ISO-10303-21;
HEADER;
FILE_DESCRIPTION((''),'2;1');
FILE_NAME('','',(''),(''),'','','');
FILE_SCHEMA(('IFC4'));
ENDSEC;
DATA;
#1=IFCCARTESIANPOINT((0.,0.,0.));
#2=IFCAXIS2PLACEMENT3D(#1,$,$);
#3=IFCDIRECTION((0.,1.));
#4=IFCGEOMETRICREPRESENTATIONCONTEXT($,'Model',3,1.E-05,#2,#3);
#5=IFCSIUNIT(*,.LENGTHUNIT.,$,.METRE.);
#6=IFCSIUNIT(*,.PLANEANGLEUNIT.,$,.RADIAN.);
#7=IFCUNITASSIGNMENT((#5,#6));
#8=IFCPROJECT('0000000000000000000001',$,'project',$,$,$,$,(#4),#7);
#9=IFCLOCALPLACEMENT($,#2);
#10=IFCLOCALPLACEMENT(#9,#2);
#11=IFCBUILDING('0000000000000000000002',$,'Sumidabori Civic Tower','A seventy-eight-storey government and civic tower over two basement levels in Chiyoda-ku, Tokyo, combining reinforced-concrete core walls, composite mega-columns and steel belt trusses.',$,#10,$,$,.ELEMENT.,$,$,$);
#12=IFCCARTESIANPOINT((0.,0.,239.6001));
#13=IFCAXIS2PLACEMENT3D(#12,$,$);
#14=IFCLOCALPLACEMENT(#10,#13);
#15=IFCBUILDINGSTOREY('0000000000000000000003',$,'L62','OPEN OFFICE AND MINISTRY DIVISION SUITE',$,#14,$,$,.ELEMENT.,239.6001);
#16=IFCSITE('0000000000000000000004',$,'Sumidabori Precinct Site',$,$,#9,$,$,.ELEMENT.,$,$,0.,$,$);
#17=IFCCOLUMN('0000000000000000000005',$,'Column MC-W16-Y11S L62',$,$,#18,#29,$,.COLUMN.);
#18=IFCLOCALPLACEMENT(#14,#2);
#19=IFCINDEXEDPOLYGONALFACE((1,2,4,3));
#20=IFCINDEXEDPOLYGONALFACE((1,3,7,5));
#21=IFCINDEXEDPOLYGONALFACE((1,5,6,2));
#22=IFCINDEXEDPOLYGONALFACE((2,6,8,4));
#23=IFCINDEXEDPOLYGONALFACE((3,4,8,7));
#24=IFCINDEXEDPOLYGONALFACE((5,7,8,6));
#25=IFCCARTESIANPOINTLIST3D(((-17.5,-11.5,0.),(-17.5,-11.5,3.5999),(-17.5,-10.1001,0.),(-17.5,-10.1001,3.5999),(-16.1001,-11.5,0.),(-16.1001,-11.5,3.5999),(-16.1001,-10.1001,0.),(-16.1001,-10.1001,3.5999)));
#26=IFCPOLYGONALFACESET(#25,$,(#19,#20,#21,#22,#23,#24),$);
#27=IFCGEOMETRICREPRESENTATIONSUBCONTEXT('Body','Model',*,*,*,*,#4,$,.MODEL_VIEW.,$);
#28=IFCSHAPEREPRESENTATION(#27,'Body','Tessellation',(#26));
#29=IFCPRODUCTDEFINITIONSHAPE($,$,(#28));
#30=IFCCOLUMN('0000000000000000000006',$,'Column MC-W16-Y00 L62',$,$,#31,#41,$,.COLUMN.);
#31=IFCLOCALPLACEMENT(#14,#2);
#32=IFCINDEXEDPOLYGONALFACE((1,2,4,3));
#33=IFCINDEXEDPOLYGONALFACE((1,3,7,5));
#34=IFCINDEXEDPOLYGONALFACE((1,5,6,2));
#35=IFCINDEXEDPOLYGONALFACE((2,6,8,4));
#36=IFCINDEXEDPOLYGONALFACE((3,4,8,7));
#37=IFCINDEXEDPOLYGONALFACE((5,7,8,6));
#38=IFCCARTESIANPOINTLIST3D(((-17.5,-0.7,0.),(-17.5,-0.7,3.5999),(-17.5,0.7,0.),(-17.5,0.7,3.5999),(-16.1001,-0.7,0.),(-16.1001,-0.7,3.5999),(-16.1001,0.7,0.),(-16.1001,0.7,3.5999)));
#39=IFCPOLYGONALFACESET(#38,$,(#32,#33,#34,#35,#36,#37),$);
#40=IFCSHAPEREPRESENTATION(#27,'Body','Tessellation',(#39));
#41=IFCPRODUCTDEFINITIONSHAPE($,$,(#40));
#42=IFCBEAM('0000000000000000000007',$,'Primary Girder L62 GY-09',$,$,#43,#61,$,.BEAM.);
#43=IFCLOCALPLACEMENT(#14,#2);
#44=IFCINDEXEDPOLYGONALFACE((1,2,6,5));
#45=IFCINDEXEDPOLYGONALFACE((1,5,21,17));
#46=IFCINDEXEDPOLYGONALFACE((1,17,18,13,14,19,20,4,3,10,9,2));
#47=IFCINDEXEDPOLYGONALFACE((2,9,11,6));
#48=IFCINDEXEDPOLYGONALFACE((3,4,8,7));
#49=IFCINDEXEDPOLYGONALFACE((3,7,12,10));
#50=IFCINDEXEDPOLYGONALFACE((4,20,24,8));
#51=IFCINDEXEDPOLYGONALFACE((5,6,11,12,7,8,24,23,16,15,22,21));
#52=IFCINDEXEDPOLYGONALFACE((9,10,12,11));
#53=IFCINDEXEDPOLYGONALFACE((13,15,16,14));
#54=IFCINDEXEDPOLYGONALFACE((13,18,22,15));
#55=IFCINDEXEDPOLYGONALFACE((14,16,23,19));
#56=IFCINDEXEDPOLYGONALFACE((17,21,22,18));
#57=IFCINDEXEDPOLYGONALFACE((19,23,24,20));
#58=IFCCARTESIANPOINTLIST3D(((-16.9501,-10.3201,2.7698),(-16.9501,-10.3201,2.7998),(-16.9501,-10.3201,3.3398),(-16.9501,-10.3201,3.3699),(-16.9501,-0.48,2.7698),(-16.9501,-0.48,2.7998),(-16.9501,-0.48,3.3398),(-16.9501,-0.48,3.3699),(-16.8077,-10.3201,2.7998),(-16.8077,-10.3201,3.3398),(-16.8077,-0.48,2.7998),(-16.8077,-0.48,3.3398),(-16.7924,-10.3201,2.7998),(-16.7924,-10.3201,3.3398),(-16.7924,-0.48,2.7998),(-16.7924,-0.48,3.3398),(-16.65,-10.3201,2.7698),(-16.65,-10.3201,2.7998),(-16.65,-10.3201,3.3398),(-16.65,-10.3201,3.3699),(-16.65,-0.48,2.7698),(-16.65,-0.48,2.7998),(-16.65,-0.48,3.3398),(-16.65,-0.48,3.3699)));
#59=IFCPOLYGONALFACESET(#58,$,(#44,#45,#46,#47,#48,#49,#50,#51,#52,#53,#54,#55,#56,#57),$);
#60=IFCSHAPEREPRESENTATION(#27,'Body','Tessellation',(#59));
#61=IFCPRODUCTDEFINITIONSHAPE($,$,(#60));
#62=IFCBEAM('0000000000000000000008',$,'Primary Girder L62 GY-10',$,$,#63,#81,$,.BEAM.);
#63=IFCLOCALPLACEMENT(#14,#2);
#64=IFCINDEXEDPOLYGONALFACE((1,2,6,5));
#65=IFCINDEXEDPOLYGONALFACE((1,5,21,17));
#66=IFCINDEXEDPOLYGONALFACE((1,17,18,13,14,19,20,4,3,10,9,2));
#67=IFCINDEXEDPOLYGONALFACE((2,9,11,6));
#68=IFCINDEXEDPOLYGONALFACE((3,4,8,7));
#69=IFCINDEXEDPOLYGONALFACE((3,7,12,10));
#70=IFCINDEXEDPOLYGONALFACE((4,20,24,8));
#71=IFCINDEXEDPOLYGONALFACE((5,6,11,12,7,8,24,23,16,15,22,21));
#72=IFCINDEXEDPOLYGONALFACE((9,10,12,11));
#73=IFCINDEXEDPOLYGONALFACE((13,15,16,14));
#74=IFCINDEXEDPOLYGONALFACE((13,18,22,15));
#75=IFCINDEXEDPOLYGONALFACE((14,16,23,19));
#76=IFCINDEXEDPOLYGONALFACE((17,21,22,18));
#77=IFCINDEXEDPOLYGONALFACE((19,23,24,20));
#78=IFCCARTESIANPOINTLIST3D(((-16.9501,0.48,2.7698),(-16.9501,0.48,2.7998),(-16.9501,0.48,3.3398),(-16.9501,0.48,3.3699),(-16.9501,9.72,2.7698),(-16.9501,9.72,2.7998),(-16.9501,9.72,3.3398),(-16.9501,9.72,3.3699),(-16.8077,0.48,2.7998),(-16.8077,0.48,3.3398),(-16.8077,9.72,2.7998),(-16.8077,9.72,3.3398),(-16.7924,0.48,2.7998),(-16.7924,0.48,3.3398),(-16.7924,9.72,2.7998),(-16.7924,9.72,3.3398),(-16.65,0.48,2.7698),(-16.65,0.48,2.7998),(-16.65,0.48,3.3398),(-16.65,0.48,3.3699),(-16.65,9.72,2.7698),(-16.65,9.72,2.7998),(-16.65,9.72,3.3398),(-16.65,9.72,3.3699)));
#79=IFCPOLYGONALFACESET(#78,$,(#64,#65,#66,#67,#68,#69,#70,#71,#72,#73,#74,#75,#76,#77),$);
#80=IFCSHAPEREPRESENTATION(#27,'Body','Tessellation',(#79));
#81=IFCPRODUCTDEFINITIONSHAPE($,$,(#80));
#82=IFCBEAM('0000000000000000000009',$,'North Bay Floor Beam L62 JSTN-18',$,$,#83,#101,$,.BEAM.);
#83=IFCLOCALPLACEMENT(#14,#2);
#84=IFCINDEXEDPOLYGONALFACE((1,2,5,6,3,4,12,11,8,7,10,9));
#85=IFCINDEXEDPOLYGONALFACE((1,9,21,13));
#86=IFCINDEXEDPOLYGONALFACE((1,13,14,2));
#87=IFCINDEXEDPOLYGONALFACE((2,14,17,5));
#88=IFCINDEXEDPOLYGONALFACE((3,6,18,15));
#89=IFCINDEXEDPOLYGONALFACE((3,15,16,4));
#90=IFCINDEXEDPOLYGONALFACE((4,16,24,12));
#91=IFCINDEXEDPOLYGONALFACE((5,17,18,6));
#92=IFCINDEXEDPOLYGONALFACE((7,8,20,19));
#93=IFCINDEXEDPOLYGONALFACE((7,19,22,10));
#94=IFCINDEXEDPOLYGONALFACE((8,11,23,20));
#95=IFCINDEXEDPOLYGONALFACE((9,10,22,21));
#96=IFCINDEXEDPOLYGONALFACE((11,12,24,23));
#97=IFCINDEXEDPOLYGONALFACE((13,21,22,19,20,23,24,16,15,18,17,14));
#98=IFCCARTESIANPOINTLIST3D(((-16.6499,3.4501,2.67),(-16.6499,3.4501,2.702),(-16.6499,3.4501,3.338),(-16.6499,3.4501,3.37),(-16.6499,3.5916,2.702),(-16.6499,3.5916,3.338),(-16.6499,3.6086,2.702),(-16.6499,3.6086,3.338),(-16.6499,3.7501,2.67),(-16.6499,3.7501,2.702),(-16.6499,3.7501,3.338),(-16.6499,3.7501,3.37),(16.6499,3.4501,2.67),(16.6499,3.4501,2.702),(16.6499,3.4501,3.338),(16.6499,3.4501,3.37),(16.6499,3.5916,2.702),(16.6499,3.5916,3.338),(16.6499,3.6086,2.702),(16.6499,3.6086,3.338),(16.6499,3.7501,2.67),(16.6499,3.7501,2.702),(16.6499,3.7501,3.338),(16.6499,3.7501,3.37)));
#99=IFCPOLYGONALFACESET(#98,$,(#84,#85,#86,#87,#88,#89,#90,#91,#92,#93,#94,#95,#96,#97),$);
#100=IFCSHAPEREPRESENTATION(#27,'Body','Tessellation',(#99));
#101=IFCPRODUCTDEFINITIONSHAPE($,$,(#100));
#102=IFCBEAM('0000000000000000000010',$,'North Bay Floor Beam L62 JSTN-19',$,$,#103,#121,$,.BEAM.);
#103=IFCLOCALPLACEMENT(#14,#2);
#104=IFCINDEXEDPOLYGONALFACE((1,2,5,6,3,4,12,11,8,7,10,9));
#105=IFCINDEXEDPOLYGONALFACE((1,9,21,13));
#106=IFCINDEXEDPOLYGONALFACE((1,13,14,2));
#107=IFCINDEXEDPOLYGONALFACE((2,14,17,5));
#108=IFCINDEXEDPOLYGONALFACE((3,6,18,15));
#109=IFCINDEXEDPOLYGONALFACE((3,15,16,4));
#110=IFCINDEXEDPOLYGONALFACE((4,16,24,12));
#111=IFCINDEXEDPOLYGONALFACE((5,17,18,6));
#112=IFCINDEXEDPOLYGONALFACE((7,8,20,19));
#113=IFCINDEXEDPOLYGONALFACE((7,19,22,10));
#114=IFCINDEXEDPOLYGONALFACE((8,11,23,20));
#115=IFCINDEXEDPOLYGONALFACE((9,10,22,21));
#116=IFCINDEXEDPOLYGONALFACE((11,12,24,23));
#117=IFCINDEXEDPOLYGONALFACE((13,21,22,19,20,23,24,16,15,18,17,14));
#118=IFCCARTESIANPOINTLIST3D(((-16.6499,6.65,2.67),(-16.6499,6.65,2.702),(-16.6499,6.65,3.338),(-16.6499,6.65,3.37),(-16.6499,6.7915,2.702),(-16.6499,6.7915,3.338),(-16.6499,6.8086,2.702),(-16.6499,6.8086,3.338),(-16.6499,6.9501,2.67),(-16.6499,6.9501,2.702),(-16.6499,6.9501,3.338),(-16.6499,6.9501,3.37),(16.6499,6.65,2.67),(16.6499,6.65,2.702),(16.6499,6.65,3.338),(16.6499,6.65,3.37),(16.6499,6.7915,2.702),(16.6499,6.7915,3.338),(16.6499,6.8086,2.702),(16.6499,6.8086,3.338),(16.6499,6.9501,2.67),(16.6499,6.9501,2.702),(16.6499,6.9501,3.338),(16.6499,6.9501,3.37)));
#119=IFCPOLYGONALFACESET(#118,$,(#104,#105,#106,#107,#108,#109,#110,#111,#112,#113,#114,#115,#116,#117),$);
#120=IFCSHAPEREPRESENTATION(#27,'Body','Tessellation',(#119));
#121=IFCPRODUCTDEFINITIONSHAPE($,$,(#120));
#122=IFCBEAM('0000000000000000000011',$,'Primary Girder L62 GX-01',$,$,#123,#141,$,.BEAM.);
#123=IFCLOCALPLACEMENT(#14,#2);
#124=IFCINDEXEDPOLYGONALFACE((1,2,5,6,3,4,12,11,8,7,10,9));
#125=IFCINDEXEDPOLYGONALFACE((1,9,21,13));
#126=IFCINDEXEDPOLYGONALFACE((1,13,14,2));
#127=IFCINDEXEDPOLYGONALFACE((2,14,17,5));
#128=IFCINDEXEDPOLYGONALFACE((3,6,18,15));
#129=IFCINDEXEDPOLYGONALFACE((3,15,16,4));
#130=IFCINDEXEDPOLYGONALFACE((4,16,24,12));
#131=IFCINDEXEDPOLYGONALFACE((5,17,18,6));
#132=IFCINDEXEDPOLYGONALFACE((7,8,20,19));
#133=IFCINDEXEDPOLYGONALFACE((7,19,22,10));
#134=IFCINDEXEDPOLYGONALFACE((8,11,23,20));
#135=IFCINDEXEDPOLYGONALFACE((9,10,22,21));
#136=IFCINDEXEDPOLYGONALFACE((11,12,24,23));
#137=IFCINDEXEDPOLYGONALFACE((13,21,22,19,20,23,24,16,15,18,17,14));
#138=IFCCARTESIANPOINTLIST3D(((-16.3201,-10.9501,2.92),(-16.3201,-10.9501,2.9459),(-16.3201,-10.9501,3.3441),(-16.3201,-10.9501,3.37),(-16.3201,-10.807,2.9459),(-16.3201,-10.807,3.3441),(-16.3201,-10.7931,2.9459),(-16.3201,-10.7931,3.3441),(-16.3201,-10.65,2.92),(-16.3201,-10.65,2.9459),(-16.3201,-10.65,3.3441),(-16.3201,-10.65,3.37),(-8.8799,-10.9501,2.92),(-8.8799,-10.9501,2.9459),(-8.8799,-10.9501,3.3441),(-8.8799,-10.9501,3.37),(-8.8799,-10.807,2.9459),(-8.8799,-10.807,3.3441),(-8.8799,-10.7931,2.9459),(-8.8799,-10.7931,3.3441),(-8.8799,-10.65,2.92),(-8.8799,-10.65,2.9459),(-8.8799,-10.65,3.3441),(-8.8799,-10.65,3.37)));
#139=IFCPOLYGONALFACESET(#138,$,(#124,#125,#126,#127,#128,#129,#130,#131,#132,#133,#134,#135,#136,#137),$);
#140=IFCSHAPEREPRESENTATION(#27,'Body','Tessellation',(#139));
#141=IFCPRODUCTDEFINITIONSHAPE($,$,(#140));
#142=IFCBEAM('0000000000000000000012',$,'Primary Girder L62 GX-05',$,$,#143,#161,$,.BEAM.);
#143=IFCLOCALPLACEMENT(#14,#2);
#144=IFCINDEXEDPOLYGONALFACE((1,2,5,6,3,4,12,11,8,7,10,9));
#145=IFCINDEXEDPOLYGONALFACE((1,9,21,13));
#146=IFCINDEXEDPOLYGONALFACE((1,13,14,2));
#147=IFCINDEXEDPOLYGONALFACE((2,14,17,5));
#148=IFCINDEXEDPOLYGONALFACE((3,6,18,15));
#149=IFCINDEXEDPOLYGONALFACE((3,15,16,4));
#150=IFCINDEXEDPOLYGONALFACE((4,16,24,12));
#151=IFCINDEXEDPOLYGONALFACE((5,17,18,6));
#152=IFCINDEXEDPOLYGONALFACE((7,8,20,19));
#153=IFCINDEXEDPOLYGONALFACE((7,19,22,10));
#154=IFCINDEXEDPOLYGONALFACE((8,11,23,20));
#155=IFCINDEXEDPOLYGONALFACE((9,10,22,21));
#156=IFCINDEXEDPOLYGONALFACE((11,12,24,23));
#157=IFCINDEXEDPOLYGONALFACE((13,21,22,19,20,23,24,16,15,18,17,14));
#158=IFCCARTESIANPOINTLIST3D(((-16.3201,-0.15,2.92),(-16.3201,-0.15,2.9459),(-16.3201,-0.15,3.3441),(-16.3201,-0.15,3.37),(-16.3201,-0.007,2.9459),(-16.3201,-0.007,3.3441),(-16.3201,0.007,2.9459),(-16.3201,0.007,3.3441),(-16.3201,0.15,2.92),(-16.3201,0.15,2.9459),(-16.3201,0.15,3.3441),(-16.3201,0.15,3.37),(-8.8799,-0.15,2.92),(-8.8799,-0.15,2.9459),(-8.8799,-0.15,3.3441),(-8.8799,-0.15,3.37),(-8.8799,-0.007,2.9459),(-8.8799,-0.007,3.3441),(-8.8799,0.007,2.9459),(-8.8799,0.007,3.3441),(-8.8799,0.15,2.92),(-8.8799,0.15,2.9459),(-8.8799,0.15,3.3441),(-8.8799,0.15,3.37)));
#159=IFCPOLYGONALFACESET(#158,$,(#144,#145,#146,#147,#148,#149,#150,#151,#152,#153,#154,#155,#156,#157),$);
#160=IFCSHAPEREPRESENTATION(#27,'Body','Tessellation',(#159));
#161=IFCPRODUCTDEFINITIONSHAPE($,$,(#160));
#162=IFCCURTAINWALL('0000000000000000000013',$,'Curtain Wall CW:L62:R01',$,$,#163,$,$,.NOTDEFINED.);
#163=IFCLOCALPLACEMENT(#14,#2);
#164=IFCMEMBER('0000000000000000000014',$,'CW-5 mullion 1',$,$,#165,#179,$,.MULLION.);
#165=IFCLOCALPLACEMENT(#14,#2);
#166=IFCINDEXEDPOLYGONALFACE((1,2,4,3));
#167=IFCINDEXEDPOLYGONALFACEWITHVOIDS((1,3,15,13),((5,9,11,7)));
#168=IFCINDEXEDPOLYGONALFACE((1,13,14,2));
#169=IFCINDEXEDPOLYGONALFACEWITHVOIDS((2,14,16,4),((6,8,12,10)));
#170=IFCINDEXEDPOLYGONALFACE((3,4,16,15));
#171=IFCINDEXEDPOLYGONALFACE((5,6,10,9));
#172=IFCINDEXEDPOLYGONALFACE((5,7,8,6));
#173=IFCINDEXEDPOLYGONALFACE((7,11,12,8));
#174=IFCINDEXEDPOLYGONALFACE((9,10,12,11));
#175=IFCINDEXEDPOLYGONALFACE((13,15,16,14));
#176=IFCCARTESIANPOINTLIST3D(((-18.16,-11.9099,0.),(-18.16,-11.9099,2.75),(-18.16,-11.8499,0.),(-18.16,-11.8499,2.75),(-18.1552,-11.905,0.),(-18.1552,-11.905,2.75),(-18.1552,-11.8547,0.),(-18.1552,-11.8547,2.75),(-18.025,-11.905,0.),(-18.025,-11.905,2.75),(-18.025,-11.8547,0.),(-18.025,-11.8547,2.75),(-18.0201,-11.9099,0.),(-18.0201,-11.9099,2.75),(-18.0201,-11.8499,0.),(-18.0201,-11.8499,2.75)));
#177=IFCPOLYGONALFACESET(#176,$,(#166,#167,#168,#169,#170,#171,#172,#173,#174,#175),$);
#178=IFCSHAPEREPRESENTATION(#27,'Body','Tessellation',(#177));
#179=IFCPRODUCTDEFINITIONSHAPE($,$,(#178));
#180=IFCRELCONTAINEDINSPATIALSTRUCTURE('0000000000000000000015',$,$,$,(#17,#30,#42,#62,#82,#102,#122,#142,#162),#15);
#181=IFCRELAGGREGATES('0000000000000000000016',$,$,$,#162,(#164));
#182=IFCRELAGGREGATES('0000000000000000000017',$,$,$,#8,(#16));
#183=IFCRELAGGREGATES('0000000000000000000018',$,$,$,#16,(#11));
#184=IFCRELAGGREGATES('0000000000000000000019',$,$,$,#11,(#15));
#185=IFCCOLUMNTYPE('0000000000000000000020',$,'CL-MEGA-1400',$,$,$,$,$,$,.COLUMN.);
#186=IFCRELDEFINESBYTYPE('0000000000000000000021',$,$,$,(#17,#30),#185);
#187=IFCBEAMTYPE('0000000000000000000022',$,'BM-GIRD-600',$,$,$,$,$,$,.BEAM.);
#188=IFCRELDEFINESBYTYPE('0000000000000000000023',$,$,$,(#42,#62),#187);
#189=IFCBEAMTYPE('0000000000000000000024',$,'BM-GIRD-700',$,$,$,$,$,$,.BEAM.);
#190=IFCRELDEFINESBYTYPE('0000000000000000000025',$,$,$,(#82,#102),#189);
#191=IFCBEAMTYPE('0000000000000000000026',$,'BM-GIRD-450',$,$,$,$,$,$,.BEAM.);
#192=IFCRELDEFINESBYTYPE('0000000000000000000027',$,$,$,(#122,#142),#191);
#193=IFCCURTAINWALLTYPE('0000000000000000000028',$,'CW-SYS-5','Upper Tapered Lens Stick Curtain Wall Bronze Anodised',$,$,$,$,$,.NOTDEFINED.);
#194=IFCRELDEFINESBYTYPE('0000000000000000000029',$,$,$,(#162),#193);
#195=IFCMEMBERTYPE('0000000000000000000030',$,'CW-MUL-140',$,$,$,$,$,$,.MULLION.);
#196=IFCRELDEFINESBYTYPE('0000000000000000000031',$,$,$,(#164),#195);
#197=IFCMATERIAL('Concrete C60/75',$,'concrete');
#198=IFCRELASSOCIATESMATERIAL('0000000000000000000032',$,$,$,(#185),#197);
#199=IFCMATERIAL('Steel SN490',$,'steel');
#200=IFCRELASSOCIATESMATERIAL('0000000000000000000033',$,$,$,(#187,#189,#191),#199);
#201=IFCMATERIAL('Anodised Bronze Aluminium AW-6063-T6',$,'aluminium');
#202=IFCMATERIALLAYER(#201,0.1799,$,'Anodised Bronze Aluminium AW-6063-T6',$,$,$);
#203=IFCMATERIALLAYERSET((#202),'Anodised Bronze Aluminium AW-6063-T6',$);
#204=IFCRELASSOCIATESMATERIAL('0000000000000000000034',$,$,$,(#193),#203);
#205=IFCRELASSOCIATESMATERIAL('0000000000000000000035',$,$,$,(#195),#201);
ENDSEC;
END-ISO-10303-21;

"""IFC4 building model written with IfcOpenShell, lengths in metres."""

from ifc_helpers import new_model, si_unit, direction, frame, origin, origin_2d, place, context, subcontext, project, spatial, rectangle, hollow_rectangle, i_section, extrude, source, transform, mapped, material, layer, layer_set, material_profile, profile_set, type_object, element, aggregate, save


model = new_model("IFC4")

# Units and contexts
model_context = context("Model", 3, precision=1e-05, world=origin(), true_north=direction((0.0, 1.0)))
body_context = subcontext(model_context, "Body", "Model", "MODEL_VIEW")
ifc_project = project(units=[si_unit("LENGTHUNIT", "METRE"), si_unit("PLANEANGLEUNIT", "RADIAN")], contexts=[model_context])

# Site, building, storey
site_placement = place(None, origin())
site = spatial("IfcSite", under=ifc_project, at=site_placement, Name="Sumidabori Precinct Site", CompositionType="ELEMENT", RefElevation=0.0)
building_placement = place(site_placement, origin())
building = spatial("IfcBuilding", under=site, at=building_placement, Name="Sumidabori Civic Tower", Description="A seventy-eight-storey government and civic tower over two basement levels in Chiyoda-ku, Tokyo, combining reinforced-concrete core walls, composite mega-columns and steel belt trusses.", CompositionType="ELEMENT")
storey_placement = place(building_placement, frame((0.0, 0.0, 239.6001)))
storey = spatial("IfcBuildingStorey", under=building, at=storey_placement, Name="L62", Description="OPEN OFFICE AND MINISTRY DIVISION SUITE", CompositionType="ELEMENT", Elevation=239.6001)

# Columns
ifc_material_1 = material(Name="Concrete C60/75", Category="concrete")
ifc_material_profile_1 = material_profile(ifc_material_1, rectangle(XDim=1.3999, YDim=1.3999, at=origin_2d()), Name="RC 1400x1400")
ifc_profile_set_1 = profile_set([ifc_material_profile_1], Name="Concrete C60/75")
column_type = type_object("IfcColumnType", Name="CL-MEGA-1400", PredefinedType="COLUMN", material=ifc_profile_set_1)
shared_shape_1 = source(origin(), body_context, "Body", "SweptSolid", [
    extrude(rectangle(XDim=1.3999, YDim=1.3999, at=origin_2d()), origin(), (0.0, 0.0, 1.0), 3.5999),
])
for number, where, z_axis, x_axis, name in (
    (1, (-16.8, -10.8, 0.0), (0.0, 0.0, 1.0), (1.0, 0.0, 0.0), "Column MC-W16-Y11S L62"),
    (2, (-16.8, 0.0, 0.0), (0.0, 0.0, 1.0), (1.0, 0.0, 0.0), "Column MC-W16-Y00 L62"),
):
    element("IfcColumn", number, at=place(storey_placement, frame(where, z_axis=z_axis, x_axis=x_axis)), inside=storey, type_object=column_type, Name=name, PredefinedType="COLUMN", context=body_context, shape_type="MappedRepresentation", body=[
        mapped(shared_shape_1, transform((0.0, 0.0, 0.0), x_axis=(1.0, 0.0, 0.0), y_axis=(0.0, 1.0, 0.0), z_axis=(0.0, 0.0, 1.0), scale=1.0)),
    ])

# Beams
ifc_material_2 = material(Name="Steel SN490", Category="steel")
ifc_material_profile_2 = material_profile(ifc_material_2, i_section(OverallWidth=0.3, OverallDepth=0.6001, WebThickness=0.0154, FlangeThickness=0.03, at=origin_2d()), Name="HE 600 B")
ifc_profile_set_2 = profile_set([ifc_material_profile_2], Name="Steel SN490")
beam_type_1 = type_object("IfcBeamType", Name="BM-GIRD-600", PredefinedType="BEAM", material=ifc_profile_set_2)
shared_shape_2 = source(origin(), body_context, "Body", "SweptSolid", [
    extrude(i_section(OverallWidth=0.3, OverallDepth=0.6001, WebThickness=0.0154, FlangeThickness=0.03, at=origin_2d()), origin(), (0.0, 0.0, 1.0), 9.8401),
])
beam_1_placement = place(storey_placement, frame((-16.8, -10.3201, 3.0698), z_axis=(0.0, 1.0, 0.0), x_axis=(-1.0, 0.0, 0.0)))
element("IfcBeam", 3, at=beam_1_placement, inside=storey, type_object=beam_type_1, Name="Primary Girder L62 GY-09", PredefinedType="BEAM", context=body_context, shape_type="MappedRepresentation", body=[
    mapped(shared_shape_2, transform((0.0, 0.0, 0.0), x_axis=(1.0, 0.0, 0.0), y_axis=(0.0, 1.0, 0.0), z_axis=(0.0, 0.0, 1.0), scale=1.0)),
])
shared_shape_3 = source(origin(), body_context, "Body", "SweptSolid", [
    extrude(i_section(OverallWidth=0.3, OverallDepth=0.6001, WebThickness=0.0154, FlangeThickness=0.03, at=origin_2d()), origin(), (0.0, 0.0, 1.0), 9.24),
])
beam_2_placement = place(storey_placement, frame((-16.8, 0.48, 3.0698), z_axis=(0.0, 1.0, 0.0), x_axis=(-1.0, 0.0, 0.0)))
element("IfcBeam", 4, at=beam_2_placement, inside=storey, type_object=beam_type_1, Name="Primary Girder L62 GY-10", PredefinedType="BEAM", context=body_context, shape_type="MappedRepresentation", body=[
    mapped(shared_shape_3, transform((0.0, 0.0, 0.0), x_axis=(1.0, 0.0, 0.0), y_axis=(0.0, 1.0, 0.0), z_axis=(0.0, 0.0, 1.0), scale=1.0)),
])
ifc_material_profile_3 = material_profile(ifc_material_2, i_section(OverallWidth=0.3, OverallDepth=0.7, WebThickness=0.0171, FlangeThickness=0.032, at=origin_2d()), Name="HE 700 B")
ifc_profile_set_3 = profile_set([ifc_material_profile_3], Name="Steel SN490")
beam_type_2 = type_object("IfcBeamType", Name="BM-GIRD-700", PredefinedType="BEAM", material=ifc_profile_set_3)
shared_shape_4 = source(origin(), body_context, "Body", "SweptSolid", [
    extrude(i_section(OverallWidth=0.3, OverallDepth=0.7, WebThickness=0.0171, FlangeThickness=0.032, at=origin_2d()), origin(), (0.0, 0.0, 1.0), 33.2998),
])
for number, where, z_axis, x_axis, name in (
    (5, (-16.6499, 3.6001, 3.02), (1.0, 0.0, 0.0), (0.0, 1.0, 0.0), "North Bay Floor Beam L62 JSTN-18"),
    (6, (-16.6499, 6.8, 3.02), (1.0, 0.0, 0.0), (0.0, 1.0, 0.0), "North Bay Floor Beam L62 JSTN-19"),
):
    element("IfcBeam", number, at=place(storey_placement, frame(where, z_axis=z_axis, x_axis=x_axis)), inside=storey, type_object=beam_type_2, Name=name, PredefinedType="BEAM", context=body_context, shape_type="MappedRepresentation", body=[
        mapped(shared_shape_4, transform((0.0, 0.0, 0.0), x_axis=(1.0, 0.0, 0.0), y_axis=(0.0, 1.0, 0.0), z_axis=(0.0, 0.0, 1.0), scale=1.0)),
    ])
ifc_material_profile_4 = material_profile(ifc_material_2, i_section(OverallWidth=0.3, OverallDepth=0.45, WebThickness=0.0139, FlangeThickness=0.0259, at=origin_2d()), Name="HE 450 B")
ifc_profile_set_4 = profile_set([ifc_material_profile_4], Name="Steel SN490")
beam_type_3 = type_object("IfcBeamType", Name="BM-GIRD-450", PredefinedType="BEAM", material=ifc_profile_set_4)
shared_shape_5 = source(origin(), body_context, "Body", "SweptSolid", [
    extrude(i_section(OverallWidth=0.3, OverallDepth=0.45, WebThickness=0.0139, FlangeThickness=0.0259, at=origin_2d()), origin(), (0.0, 0.0, 1.0), 7.4402),
])
for number, where, z_axis, x_axis, name in (
    (7, (-16.3201, -10.8, 3.145), (1.0, 0.0, 0.0), (0.0, 1.0, 0.0), "Primary Girder L62 GX-01"),
    (8, (-16.3201, 0.0, 3.145), (1.0, 0.0, 0.0), (0.0, 1.0, 0.0), "Primary Girder L62 GX-05"),
):
    element("IfcBeam", number, at=place(storey_placement, frame(where, z_axis=z_axis, x_axis=x_axis)), inside=storey, type_object=beam_type_3, Name=name, PredefinedType="BEAM", context=body_context, shape_type="MappedRepresentation", body=[
        mapped(shared_shape_5, transform((0.0, 0.0, 0.0), x_axis=(1.0, 0.0, 0.0), y_axis=(0.0, 1.0, 0.0), z_axis=(0.0, 0.0, 1.0), scale=1.0)),
    ])

# Curtain wall, member
ifc_material_3 = material(Name="Anodised Bronze Aluminium AW-6063-T6", Category="aluminium")
ifc_layer_1 = layer(ifc_material_3, 0.1799, Name="Anodised Bronze Aluminium AW-6063-T6")
ifc_layer_set_1 = layer_set([ifc_layer_1], Name="Anodised Bronze Aluminium AW-6063-T6")
curtain_wall_type = type_object("IfcCurtainWallType", Name="CW-SYS-5", Description="Upper Tapered Lens Stick Curtain Wall Bronze Anodised", PredefinedType="NOTDEFINED", material=ifc_layer_set_1)
curtain_wall_1_placement = place(storey_placement, origin())
curtain_wall_1 = element("IfcCurtainWall", 9, at=curtain_wall_1_placement, inside=storey, type_object=curtain_wall_type, Name="Curtain Wall CW:L62:R01", PredefinedType="NOTDEFINED")
ifc_material_profile_5 = material_profile(ifc_material_3, hollow_rectangle(XDim=0.0601, YDim=0.1399, WallThickness=0.0049, at=origin_2d()), Name="ALU MULLION 140x60")
ifc_profile_set_5 = profile_set([ifc_material_profile_5], Name="Anodised Bronze Aluminium AW-6063-T6")
member_type_1 = type_object("IfcMemberType", Name="CW-MUL-140", PredefinedType="MULLION", material=ifc_profile_set_5)
shared_shape_6 = source(origin(), body_context, "Body", "SweptSolid", [
    extrude(hollow_rectangle(XDim=0.0601, YDim=0.1399, WallThickness=0.0049, at=origin_2d()), origin(), (0.0, 0.0, 1.0), 2.75),
])
member_1_placement = place(storey_placement, frame((-18.0901, -11.8799, 0.0), z_axis=(0.0, 0.0, 1.0), x_axis=(0.0, 1.0, 0.0)))
member_1 = element("IfcMember", 10, at=member_1_placement, type_object=member_type_1, Name="CW-5 mullion 1", PredefinedType="MULLION", context=body_context, shape_type="MappedRepresentation", body=[
    mapped(shared_shape_6, transform((0.0, 0.0, 0.0), x_axis=(1.0, 0.0, 0.0), y_axis=(0.0, 1.0, 0.0), z_axis=(0.0, 0.0, 1.0), scale=1.0)),
])

aggregate(curtain_wall_1, [member_1])

save(model, "model.ifc")
